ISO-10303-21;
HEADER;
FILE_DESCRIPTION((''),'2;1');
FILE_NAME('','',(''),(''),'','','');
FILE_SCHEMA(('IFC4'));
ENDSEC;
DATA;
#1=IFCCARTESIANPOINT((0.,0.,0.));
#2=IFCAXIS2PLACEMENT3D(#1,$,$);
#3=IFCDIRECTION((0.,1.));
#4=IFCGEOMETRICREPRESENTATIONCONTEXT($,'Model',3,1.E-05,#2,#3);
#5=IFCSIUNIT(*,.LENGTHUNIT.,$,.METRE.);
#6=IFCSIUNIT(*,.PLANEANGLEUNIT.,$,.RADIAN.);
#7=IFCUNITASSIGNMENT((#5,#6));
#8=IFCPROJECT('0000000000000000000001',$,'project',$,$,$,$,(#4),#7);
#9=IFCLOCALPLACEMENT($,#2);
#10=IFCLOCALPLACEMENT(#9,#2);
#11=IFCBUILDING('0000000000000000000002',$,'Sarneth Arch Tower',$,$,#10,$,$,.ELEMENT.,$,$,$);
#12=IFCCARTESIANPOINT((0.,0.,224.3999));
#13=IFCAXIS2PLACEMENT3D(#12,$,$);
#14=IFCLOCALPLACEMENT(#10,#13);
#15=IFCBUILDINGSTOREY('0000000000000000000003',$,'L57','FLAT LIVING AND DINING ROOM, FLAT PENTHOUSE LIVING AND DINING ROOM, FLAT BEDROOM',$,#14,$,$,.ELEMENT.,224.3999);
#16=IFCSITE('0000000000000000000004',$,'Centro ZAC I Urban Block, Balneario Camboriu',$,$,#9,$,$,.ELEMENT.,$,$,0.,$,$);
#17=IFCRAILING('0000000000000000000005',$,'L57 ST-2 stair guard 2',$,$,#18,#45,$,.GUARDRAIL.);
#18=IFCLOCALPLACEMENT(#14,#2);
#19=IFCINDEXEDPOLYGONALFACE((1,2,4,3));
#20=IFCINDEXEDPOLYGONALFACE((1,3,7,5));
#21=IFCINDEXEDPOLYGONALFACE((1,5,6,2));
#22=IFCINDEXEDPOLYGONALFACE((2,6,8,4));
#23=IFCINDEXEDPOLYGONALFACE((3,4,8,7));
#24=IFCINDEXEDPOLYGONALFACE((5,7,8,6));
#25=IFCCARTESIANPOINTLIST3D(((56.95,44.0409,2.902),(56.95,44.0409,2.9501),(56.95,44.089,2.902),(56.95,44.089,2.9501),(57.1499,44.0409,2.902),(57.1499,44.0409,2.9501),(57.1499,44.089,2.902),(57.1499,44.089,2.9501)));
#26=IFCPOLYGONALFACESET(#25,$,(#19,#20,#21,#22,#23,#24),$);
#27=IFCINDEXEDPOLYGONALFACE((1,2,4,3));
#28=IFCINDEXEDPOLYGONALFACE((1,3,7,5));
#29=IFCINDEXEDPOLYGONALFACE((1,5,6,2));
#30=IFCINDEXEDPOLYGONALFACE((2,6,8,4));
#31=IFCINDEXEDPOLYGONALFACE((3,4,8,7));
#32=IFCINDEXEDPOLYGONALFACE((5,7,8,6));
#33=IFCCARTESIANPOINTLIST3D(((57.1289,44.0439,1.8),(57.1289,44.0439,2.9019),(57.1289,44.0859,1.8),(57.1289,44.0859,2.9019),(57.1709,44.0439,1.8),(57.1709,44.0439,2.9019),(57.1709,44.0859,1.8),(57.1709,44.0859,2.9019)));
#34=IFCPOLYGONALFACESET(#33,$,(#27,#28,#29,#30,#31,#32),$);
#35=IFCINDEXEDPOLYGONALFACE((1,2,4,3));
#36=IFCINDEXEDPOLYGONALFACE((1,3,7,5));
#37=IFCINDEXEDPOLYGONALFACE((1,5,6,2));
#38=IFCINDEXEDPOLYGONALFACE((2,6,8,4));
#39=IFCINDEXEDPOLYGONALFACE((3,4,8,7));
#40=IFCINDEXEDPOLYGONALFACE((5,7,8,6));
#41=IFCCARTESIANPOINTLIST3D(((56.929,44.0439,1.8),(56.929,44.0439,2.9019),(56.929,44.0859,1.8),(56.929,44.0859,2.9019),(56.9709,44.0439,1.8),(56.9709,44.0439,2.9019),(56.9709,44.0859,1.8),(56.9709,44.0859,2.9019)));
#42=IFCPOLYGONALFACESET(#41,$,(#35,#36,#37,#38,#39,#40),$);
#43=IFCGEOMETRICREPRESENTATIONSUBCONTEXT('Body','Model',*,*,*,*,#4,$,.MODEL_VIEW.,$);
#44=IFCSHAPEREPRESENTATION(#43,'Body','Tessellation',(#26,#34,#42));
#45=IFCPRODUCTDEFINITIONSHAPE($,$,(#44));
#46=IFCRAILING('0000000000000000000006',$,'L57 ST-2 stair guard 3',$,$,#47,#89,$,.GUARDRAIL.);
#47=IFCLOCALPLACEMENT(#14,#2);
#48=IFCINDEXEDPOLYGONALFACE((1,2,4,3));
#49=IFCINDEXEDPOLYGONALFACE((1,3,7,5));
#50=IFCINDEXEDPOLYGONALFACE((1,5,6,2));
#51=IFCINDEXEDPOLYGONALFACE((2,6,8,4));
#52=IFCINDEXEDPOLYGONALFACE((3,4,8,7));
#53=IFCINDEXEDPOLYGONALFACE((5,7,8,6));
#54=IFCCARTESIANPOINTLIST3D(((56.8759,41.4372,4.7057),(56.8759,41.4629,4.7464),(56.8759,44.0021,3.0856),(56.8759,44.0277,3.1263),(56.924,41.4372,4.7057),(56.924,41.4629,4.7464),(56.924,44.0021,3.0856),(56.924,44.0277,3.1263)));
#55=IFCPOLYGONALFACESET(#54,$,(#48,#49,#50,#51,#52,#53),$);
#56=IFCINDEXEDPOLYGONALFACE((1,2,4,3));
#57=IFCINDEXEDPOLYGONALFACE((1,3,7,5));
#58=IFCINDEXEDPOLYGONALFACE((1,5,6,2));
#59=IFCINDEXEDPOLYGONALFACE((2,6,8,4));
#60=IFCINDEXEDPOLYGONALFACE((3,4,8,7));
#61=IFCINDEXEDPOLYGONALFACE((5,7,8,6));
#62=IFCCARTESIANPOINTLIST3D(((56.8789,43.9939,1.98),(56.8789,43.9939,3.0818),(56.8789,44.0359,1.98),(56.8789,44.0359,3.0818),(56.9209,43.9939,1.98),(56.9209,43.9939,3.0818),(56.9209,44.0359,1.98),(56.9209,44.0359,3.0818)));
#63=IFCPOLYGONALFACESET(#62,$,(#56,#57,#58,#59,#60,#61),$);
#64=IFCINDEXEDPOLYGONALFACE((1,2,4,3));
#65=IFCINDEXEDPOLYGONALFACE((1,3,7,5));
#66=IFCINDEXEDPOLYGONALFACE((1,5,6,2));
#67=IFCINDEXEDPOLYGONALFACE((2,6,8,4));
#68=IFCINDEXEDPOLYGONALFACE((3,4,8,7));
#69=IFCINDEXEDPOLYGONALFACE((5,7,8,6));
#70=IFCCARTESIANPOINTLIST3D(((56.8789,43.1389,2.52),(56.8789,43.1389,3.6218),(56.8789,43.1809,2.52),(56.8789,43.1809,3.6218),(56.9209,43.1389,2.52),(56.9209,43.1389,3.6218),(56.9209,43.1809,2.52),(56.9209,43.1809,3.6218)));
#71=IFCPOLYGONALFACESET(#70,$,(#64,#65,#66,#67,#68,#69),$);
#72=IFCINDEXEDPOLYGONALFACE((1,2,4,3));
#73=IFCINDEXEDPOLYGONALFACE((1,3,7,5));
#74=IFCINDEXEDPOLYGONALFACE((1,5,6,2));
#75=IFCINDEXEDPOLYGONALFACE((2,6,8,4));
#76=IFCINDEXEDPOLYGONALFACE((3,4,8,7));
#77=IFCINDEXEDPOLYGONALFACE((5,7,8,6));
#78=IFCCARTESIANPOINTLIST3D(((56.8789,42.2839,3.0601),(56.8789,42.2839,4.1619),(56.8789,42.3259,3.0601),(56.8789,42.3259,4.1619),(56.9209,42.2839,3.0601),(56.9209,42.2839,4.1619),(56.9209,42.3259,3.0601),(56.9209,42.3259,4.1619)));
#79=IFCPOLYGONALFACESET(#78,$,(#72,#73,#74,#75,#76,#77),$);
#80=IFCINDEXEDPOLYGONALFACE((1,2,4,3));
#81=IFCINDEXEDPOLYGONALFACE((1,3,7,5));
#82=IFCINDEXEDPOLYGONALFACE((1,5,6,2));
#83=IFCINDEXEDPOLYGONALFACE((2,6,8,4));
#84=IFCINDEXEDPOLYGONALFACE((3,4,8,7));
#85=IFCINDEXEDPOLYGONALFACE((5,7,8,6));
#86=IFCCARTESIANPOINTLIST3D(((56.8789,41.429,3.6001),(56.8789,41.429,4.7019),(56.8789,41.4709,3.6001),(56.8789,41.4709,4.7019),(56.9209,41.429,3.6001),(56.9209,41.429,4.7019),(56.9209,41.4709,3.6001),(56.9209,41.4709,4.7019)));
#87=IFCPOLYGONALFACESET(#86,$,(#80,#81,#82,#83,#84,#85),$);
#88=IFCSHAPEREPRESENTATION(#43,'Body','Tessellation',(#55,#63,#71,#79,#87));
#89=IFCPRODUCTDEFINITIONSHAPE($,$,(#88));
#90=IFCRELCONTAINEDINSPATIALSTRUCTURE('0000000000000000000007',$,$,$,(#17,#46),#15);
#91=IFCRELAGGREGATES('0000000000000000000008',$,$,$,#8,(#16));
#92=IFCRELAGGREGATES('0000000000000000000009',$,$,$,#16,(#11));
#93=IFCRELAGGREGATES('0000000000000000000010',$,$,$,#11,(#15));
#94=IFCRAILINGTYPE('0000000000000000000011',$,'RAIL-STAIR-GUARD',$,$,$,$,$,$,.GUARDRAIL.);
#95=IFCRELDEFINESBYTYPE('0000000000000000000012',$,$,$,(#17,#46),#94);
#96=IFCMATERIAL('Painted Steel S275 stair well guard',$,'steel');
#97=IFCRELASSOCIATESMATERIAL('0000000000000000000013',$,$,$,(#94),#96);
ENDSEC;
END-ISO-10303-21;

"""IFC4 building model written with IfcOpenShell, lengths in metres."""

from ifc_helpers import new_model, si_unit, direction, frame, origin, origin_2d, place, context, subcontext, project, spatial, rectangle, extrude, material, type_object, element, save


model = new_model("IFC4")

# Units and contexts
model_context = context("Model", 3, precision=1e-05, world=origin(), true_north=direction((0.0, 1.0)))
body_context = subcontext(model_context, "Body", "Model", "MODEL_VIEW")
ifc_project = project(units=[si_unit("LENGTHUNIT", "METRE"), si_unit("PLANEANGLEUNIT", "RADIAN")], contexts=[model_context])

# Site, building, storey
site_placement = place(None, origin())
site = spatial("IfcSite", under=ifc_project, at=site_placement, Name="Centro ZAC I Urban Block, Balneario Camboriu", CompositionType="ELEMENT", RefElevation=0.0)
building_placement = place(site_placement, origin())
building = spatial("IfcBuilding", under=site, at=building_placement, Name="Sarneth Arch Tower", CompositionType="ELEMENT")
storey_placement = place(building_placement, frame((0.0, 0.0, 224.3999)))
storey = spatial("IfcBuildingStorey", under=building, at=storey_placement, Name="L57", Description="FLAT LIVING AND DINING ROOM, FLAT PENTHOUSE LIVING AND DINING ROOM, FLAT BEDROOM", CompositionType="ELEMENT", Elevation=224.3999)

# Railings
ifc_material_1 = material(Name="Painted Steel S275 stair well guard", Category="steel")
railing_type_1 = type_object("IfcRailingType", Name="RAIL-STAIR-GUARD", PredefinedType="GUARDRAIL", material=ifc_material_1)
railing_1_placement = place(storey_placement, frame((57.1499, 44.0649, 1.8)))
element("IfcRailing", 1, at=railing_1_placement, inside=storey, type_object=railing_type_1, Name="L57 ST-2 stair guard 2", PredefinedType="GUARDRAIL", context=body_context, shape_type="SweptSolid", body=[
    extrude(rectangle(XDim=0.0481, YDim=0.0481, at=origin_2d()), frame((0.0, 0.0, 1.126), z_axis=(-1.0, 0.0, 0.0), x_axis=(0.0, -1.0, 0.0)), (0.0, 0.0, 1.0), 0.2),
    extrude(rectangle(XDim=0.042, YDim=0.042, at=origin_2d()), origin(), (0.0, 0.0, 1.0), 1.1018),
    extrude(rectangle(XDim=0.042, YDim=0.042, at=origin_2d()), frame((-0.2, 0.0, 0.0)), (0.0, 0.0, 1.0), 1.1018),
])
railing_2_placement = place(storey_placement, frame((56.8999, 44.0149, 1.98)))
element("IfcRailing", 2, at=railing_2_placement, inside=storey, type_object=railing_type_1, Name="L57 ST-2 stair guard 3", PredefinedType="GUARDRAIL", context=body_context, shape_type="SweptSolid", body=[
    extrude(rectangle(XDim=0.0481, YDim=0.0481, at=origin_2d()), frame((0.0, 0.0, 1.126), z_axis=(0.0, -0.845466, 0.534029), x_axis=(1.0, 0.0, 0.0)), (0.0, 0.0, 1.0), 3.0337),
    extrude(rectangle(XDim=0.042, YDim=0.042, at=origin_2d()), origin(), (0.0, 0.0, 1.0), 1.1018),
    extrude(rectangle(XDim=0.042, YDim=0.042, at=origin_2d()), frame((0.0, -0.855, 0.54)), (0.0, 0.0, 1.0), 1.1018),
    extrude(rectangle(XDim=0.042, YDim=0.042, at=origin_2d()), frame((0.0, -1.71, 1.0801)), (0.0, 0.0, 1.0), 1.1018),
    extrude(rectangle(XDim=0.042, YDim=0.042, at=origin_2d()), frame((0.0, -2.5649, 1.6201)), (0.0, 0.0, 1.0), 1.1018),
])

save(model, "model.ifc")
